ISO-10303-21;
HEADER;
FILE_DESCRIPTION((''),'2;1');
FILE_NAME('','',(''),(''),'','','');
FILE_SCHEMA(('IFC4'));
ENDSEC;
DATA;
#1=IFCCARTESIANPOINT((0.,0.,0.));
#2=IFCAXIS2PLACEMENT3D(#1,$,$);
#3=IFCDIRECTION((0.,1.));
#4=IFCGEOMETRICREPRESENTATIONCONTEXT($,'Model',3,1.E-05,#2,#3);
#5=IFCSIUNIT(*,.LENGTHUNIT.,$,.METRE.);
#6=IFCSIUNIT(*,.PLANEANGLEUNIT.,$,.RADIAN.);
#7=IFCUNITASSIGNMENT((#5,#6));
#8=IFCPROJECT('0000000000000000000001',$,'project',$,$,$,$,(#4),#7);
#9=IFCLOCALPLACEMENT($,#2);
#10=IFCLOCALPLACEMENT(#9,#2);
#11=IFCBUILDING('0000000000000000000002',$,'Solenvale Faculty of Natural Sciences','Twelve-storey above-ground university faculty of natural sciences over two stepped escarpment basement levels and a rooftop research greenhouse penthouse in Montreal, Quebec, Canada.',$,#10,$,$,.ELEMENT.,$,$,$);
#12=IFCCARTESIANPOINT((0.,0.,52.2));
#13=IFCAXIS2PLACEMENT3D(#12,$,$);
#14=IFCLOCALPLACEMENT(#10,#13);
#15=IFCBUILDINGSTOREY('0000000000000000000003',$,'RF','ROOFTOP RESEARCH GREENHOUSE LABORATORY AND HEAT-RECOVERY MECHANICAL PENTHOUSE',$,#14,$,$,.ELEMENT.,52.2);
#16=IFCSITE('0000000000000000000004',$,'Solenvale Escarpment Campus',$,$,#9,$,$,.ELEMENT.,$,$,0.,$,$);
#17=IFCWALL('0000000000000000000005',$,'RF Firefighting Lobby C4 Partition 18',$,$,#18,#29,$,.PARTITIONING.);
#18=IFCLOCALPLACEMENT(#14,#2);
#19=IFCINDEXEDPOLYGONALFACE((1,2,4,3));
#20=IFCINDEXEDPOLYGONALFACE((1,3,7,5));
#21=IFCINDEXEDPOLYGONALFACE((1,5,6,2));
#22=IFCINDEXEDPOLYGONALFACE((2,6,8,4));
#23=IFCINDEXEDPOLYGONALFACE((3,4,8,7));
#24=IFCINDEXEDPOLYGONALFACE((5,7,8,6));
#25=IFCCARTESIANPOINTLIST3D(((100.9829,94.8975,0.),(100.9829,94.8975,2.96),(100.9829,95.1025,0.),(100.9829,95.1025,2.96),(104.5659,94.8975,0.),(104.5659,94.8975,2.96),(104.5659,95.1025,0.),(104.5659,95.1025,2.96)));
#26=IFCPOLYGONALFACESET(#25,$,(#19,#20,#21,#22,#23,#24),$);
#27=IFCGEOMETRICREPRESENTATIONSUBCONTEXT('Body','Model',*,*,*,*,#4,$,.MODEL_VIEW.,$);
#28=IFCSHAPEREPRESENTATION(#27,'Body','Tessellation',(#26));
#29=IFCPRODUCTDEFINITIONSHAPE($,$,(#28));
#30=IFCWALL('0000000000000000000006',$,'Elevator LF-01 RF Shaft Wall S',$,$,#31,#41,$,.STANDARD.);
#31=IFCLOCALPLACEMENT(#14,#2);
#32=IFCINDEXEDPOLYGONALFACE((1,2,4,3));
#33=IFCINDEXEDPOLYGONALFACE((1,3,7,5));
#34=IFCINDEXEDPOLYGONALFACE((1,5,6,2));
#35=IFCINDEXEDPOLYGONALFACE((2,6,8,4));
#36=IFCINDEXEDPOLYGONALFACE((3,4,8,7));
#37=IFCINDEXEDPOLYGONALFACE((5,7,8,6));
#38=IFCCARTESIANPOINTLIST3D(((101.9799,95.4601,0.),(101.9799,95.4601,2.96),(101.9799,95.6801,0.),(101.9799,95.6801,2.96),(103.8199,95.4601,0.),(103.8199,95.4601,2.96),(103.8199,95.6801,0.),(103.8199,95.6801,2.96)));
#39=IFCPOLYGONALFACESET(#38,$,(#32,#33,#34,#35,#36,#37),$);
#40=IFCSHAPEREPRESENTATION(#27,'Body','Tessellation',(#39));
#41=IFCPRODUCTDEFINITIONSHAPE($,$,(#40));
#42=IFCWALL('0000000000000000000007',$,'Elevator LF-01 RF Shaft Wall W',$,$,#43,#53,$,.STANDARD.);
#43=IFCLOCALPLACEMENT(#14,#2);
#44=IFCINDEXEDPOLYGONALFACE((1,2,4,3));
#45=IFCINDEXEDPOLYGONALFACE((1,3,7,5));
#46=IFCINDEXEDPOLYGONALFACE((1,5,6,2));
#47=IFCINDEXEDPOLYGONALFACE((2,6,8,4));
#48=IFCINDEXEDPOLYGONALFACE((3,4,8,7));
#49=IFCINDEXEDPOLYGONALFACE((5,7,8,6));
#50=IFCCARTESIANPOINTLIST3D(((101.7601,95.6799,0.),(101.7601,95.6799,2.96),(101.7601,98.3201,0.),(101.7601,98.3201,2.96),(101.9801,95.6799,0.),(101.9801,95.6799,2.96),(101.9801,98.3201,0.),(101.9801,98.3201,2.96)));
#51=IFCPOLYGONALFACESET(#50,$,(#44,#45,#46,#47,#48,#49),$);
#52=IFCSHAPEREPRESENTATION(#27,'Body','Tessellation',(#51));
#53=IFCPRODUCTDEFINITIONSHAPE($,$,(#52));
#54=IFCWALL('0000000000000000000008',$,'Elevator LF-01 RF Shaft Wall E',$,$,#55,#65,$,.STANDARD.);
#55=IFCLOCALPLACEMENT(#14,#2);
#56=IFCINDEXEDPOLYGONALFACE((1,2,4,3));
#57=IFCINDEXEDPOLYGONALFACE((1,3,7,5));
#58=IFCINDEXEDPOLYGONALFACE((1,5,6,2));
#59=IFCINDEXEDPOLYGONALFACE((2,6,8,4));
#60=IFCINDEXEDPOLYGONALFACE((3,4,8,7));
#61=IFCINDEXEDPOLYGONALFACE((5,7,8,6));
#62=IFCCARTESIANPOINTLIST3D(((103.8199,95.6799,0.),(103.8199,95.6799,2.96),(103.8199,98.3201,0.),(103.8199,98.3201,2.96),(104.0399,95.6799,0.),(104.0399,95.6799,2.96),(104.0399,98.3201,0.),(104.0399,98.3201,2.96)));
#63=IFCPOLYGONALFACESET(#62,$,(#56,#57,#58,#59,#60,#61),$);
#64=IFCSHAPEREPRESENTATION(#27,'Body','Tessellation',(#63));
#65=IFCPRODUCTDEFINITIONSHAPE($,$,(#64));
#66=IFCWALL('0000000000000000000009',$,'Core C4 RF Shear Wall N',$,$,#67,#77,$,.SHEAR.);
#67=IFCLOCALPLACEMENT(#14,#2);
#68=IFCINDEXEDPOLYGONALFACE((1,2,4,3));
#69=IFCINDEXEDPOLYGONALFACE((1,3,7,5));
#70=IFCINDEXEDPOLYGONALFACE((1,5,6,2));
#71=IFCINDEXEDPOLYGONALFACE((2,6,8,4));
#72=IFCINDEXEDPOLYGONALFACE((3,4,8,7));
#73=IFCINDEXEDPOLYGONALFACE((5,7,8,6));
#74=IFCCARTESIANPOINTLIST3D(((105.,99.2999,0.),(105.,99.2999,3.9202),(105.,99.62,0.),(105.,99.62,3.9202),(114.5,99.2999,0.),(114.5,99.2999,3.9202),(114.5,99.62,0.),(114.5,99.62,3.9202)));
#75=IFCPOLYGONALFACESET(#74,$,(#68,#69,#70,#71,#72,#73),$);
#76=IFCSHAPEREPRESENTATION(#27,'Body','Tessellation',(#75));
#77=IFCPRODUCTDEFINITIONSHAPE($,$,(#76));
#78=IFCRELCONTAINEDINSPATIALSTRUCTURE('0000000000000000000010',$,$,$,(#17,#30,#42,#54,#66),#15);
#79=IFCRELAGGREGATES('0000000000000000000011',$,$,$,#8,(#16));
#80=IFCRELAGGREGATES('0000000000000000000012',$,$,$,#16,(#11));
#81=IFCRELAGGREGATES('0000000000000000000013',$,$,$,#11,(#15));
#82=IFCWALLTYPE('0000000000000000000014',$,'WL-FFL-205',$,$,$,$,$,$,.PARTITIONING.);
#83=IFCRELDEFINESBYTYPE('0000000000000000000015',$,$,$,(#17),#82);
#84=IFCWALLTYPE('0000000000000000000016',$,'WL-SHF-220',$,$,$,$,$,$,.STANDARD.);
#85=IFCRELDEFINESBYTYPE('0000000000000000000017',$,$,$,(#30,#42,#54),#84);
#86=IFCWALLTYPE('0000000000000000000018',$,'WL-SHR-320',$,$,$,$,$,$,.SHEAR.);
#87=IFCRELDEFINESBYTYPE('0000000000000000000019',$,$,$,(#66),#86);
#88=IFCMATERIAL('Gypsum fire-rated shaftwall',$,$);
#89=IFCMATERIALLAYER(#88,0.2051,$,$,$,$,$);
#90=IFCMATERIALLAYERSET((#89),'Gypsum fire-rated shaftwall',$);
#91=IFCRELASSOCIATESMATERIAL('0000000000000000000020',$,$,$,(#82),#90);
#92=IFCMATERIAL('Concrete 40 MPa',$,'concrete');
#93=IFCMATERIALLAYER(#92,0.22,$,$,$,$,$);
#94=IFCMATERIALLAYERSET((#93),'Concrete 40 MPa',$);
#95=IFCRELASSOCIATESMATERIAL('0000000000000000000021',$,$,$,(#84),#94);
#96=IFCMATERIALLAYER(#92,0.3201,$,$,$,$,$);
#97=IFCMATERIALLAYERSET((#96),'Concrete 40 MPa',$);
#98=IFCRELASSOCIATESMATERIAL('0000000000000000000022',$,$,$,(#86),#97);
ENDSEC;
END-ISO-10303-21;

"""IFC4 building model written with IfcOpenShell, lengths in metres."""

from ifc_helpers import new_model, si_unit, direction, frame, frame_2d, origin, place, context, subcontext, project, spatial, rectangle, extrude, material, layer, layer_set, type_object, element, save


model = new_model("IFC4")

# Units and contexts
model_context = context("Model", 3, precision=1e-05, world=origin(), true_north=direction((0.0, 1.0)))
body_context = subcontext(model_context, "Body", "Model", "MODEL_VIEW")
ifc_project = project(units=[si_unit("LENGTHUNIT", "METRE"), si_unit("PLANEANGLEUNIT", "RADIAN")], contexts=[model_context])

# Site, building, storey
site_placement = place(None, origin())
site = spatial("IfcSite", under=ifc_project, at=site_placement, Name="Solenvale Escarpment Campus", CompositionType="ELEMENT", RefElevation=0.0)
building_placement = place(site_placement, origin())
building = spatial("IfcBuilding", under=site, at=building_placement, Name="Solenvale Faculty of Natural Sciences", Description="Twelve-storey above-ground university faculty of natural sciences over two stepped escarpment basement levels and a rooftop research greenhouse penthouse in Montreal, Quebec, Canada.", CompositionType="ELEMENT")
storey_placement = place(building_placement, frame((0.0, 0.0, 52.2)))
storey = spatial("IfcBuildingStorey", under=building, at=storey_placement, Name="RF", Description="ROOFTOP RESEARCH GREENHOUSE LABORATORY AND HEAT-RECOVERY MECHANICAL PENTHOUSE", CompositionType="ELEMENT", Elevation=52.2)

# Shared definitions
ifc_material_1 = material(Name="Concrete 40 MPa", Category="concrete")

# Walls
ifc_material_2 = material(Name="Gypsum fire-rated shaftwall")
ifc_layer_1 = layer(ifc_material_2, 0.2051)
ifc_layer_set_1 = layer_set([ifc_layer_1], Name="Gypsum fire-rated shaftwall")
wall_type_1 = type_object("IfcWallType", Name="WL-FFL-205", PredefinedType="PARTITIONING", material=ifc_layer_set_1)
wall_1_placement = place(storey_placement, frame((104.5659, 95.0, 0.0), z_axis=(0.0, 0.0, 1.0), x_axis=(-1.0, 0.0, 0.0)))
element("IfcWall", 1, at=wall_1_placement, inside=storey, type_object=wall_type_1, Name="RF Firefighting Lobby C4 Partition 18", PredefinedType="PARTITIONING", context=body_context, shape_type="SweptSolid", body=[
    extrude(rectangle(XDim=3.583, YDim=0.2051, at=frame_2d((1.7915, 0.0))), origin(), (0.0, 0.0, 1.0), 2.96),
])
ifc_layer_2 = layer(ifc_material_1, 0.22)
ifc_layer_set_2 = layer_set([ifc_layer_2], Name="Concrete 40 MPa")
wall_type_2 = type_object("IfcWallType", Name="WL-SHF-220", PredefinedType="STANDARD", material=ifc_layer_set_2)
wall_2_placement = place(storey_placement, frame((101.98, 95.5701, 0.0), z_axis=(0.0, 0.0, 1.0), x_axis=(1.0, 0.0, 0.0)))
element("IfcWall", 2, at=wall_2_placement, inside=storey, type_object=wall_type_2, Name="Elevator LF-01 RF Shaft Wall S", PredefinedType="STANDARD", context=body_context, shape_type="SweptSolid", body=[
    extrude(rectangle(XDim=1.8401, YDim=0.22, at=frame_2d((0.9199, 0.0))), origin(), (0.0, 0.0, 1.0), 2.96),
])

# Walls
for number, where, z_axis, x_axis, name in (
    (3, (101.8701, 95.6799, 0.0), (0.0, 0.0, 1.0), (0.0, 1.0, 0.0), "Elevator LF-01 RF Shaft Wall W"),
    (4, (103.9299, 95.6799, 0.0), (0.0, 0.0, 1.0), (0.0, 1.0, 0.0), "Elevator LF-01 RF Shaft Wall E"),
):
    element("IfcWall", number, at=place(storey_placement, frame(where, z_axis=z_axis, x_axis=x_axis)), inside=storey, type_object=wall_type_2, Name=name, PredefinedType="STANDARD", context=body_context, shape_type="SweptSolid", body=[
        extrude(rectangle(XDim=2.6401, YDim=0.22, at=frame_2d((1.3201, 0.0))), origin(), (0.0, 0.0, 1.0), 2.96),
    ])
ifc_layer_3 = layer(ifc_material_1, 0.3201)
ifc_layer_set_3 = layer_set([ifc_layer_3], Name="Concrete 40 MPa")
wall_type_3 = type_object("IfcWallType", Name="WL-SHR-320", PredefinedType="SHEAR", material=ifc_layer_set_3)
wall_3_placement = place(storey_placement, frame((105.0, 99.46, 0.0), z_axis=(0.0, 0.0, 1.0), x_axis=(1.0, 0.0, 0.0)))
element("IfcWall", 5, at=wall_3_placement, inside=storey, type_object=wall_type_3, Name="Core C4 RF Shear Wall N", PredefinedType="SHEAR", context=body_context, shape_type="SweptSolid", body=[
    extrude(rectangle(XDim=9.5, YDim=0.3201, at=frame_2d((4.75, 0.0))), origin(), (0.0, 0.0, 1.0), 3.9202),
])

save(model, "model.ifc")
